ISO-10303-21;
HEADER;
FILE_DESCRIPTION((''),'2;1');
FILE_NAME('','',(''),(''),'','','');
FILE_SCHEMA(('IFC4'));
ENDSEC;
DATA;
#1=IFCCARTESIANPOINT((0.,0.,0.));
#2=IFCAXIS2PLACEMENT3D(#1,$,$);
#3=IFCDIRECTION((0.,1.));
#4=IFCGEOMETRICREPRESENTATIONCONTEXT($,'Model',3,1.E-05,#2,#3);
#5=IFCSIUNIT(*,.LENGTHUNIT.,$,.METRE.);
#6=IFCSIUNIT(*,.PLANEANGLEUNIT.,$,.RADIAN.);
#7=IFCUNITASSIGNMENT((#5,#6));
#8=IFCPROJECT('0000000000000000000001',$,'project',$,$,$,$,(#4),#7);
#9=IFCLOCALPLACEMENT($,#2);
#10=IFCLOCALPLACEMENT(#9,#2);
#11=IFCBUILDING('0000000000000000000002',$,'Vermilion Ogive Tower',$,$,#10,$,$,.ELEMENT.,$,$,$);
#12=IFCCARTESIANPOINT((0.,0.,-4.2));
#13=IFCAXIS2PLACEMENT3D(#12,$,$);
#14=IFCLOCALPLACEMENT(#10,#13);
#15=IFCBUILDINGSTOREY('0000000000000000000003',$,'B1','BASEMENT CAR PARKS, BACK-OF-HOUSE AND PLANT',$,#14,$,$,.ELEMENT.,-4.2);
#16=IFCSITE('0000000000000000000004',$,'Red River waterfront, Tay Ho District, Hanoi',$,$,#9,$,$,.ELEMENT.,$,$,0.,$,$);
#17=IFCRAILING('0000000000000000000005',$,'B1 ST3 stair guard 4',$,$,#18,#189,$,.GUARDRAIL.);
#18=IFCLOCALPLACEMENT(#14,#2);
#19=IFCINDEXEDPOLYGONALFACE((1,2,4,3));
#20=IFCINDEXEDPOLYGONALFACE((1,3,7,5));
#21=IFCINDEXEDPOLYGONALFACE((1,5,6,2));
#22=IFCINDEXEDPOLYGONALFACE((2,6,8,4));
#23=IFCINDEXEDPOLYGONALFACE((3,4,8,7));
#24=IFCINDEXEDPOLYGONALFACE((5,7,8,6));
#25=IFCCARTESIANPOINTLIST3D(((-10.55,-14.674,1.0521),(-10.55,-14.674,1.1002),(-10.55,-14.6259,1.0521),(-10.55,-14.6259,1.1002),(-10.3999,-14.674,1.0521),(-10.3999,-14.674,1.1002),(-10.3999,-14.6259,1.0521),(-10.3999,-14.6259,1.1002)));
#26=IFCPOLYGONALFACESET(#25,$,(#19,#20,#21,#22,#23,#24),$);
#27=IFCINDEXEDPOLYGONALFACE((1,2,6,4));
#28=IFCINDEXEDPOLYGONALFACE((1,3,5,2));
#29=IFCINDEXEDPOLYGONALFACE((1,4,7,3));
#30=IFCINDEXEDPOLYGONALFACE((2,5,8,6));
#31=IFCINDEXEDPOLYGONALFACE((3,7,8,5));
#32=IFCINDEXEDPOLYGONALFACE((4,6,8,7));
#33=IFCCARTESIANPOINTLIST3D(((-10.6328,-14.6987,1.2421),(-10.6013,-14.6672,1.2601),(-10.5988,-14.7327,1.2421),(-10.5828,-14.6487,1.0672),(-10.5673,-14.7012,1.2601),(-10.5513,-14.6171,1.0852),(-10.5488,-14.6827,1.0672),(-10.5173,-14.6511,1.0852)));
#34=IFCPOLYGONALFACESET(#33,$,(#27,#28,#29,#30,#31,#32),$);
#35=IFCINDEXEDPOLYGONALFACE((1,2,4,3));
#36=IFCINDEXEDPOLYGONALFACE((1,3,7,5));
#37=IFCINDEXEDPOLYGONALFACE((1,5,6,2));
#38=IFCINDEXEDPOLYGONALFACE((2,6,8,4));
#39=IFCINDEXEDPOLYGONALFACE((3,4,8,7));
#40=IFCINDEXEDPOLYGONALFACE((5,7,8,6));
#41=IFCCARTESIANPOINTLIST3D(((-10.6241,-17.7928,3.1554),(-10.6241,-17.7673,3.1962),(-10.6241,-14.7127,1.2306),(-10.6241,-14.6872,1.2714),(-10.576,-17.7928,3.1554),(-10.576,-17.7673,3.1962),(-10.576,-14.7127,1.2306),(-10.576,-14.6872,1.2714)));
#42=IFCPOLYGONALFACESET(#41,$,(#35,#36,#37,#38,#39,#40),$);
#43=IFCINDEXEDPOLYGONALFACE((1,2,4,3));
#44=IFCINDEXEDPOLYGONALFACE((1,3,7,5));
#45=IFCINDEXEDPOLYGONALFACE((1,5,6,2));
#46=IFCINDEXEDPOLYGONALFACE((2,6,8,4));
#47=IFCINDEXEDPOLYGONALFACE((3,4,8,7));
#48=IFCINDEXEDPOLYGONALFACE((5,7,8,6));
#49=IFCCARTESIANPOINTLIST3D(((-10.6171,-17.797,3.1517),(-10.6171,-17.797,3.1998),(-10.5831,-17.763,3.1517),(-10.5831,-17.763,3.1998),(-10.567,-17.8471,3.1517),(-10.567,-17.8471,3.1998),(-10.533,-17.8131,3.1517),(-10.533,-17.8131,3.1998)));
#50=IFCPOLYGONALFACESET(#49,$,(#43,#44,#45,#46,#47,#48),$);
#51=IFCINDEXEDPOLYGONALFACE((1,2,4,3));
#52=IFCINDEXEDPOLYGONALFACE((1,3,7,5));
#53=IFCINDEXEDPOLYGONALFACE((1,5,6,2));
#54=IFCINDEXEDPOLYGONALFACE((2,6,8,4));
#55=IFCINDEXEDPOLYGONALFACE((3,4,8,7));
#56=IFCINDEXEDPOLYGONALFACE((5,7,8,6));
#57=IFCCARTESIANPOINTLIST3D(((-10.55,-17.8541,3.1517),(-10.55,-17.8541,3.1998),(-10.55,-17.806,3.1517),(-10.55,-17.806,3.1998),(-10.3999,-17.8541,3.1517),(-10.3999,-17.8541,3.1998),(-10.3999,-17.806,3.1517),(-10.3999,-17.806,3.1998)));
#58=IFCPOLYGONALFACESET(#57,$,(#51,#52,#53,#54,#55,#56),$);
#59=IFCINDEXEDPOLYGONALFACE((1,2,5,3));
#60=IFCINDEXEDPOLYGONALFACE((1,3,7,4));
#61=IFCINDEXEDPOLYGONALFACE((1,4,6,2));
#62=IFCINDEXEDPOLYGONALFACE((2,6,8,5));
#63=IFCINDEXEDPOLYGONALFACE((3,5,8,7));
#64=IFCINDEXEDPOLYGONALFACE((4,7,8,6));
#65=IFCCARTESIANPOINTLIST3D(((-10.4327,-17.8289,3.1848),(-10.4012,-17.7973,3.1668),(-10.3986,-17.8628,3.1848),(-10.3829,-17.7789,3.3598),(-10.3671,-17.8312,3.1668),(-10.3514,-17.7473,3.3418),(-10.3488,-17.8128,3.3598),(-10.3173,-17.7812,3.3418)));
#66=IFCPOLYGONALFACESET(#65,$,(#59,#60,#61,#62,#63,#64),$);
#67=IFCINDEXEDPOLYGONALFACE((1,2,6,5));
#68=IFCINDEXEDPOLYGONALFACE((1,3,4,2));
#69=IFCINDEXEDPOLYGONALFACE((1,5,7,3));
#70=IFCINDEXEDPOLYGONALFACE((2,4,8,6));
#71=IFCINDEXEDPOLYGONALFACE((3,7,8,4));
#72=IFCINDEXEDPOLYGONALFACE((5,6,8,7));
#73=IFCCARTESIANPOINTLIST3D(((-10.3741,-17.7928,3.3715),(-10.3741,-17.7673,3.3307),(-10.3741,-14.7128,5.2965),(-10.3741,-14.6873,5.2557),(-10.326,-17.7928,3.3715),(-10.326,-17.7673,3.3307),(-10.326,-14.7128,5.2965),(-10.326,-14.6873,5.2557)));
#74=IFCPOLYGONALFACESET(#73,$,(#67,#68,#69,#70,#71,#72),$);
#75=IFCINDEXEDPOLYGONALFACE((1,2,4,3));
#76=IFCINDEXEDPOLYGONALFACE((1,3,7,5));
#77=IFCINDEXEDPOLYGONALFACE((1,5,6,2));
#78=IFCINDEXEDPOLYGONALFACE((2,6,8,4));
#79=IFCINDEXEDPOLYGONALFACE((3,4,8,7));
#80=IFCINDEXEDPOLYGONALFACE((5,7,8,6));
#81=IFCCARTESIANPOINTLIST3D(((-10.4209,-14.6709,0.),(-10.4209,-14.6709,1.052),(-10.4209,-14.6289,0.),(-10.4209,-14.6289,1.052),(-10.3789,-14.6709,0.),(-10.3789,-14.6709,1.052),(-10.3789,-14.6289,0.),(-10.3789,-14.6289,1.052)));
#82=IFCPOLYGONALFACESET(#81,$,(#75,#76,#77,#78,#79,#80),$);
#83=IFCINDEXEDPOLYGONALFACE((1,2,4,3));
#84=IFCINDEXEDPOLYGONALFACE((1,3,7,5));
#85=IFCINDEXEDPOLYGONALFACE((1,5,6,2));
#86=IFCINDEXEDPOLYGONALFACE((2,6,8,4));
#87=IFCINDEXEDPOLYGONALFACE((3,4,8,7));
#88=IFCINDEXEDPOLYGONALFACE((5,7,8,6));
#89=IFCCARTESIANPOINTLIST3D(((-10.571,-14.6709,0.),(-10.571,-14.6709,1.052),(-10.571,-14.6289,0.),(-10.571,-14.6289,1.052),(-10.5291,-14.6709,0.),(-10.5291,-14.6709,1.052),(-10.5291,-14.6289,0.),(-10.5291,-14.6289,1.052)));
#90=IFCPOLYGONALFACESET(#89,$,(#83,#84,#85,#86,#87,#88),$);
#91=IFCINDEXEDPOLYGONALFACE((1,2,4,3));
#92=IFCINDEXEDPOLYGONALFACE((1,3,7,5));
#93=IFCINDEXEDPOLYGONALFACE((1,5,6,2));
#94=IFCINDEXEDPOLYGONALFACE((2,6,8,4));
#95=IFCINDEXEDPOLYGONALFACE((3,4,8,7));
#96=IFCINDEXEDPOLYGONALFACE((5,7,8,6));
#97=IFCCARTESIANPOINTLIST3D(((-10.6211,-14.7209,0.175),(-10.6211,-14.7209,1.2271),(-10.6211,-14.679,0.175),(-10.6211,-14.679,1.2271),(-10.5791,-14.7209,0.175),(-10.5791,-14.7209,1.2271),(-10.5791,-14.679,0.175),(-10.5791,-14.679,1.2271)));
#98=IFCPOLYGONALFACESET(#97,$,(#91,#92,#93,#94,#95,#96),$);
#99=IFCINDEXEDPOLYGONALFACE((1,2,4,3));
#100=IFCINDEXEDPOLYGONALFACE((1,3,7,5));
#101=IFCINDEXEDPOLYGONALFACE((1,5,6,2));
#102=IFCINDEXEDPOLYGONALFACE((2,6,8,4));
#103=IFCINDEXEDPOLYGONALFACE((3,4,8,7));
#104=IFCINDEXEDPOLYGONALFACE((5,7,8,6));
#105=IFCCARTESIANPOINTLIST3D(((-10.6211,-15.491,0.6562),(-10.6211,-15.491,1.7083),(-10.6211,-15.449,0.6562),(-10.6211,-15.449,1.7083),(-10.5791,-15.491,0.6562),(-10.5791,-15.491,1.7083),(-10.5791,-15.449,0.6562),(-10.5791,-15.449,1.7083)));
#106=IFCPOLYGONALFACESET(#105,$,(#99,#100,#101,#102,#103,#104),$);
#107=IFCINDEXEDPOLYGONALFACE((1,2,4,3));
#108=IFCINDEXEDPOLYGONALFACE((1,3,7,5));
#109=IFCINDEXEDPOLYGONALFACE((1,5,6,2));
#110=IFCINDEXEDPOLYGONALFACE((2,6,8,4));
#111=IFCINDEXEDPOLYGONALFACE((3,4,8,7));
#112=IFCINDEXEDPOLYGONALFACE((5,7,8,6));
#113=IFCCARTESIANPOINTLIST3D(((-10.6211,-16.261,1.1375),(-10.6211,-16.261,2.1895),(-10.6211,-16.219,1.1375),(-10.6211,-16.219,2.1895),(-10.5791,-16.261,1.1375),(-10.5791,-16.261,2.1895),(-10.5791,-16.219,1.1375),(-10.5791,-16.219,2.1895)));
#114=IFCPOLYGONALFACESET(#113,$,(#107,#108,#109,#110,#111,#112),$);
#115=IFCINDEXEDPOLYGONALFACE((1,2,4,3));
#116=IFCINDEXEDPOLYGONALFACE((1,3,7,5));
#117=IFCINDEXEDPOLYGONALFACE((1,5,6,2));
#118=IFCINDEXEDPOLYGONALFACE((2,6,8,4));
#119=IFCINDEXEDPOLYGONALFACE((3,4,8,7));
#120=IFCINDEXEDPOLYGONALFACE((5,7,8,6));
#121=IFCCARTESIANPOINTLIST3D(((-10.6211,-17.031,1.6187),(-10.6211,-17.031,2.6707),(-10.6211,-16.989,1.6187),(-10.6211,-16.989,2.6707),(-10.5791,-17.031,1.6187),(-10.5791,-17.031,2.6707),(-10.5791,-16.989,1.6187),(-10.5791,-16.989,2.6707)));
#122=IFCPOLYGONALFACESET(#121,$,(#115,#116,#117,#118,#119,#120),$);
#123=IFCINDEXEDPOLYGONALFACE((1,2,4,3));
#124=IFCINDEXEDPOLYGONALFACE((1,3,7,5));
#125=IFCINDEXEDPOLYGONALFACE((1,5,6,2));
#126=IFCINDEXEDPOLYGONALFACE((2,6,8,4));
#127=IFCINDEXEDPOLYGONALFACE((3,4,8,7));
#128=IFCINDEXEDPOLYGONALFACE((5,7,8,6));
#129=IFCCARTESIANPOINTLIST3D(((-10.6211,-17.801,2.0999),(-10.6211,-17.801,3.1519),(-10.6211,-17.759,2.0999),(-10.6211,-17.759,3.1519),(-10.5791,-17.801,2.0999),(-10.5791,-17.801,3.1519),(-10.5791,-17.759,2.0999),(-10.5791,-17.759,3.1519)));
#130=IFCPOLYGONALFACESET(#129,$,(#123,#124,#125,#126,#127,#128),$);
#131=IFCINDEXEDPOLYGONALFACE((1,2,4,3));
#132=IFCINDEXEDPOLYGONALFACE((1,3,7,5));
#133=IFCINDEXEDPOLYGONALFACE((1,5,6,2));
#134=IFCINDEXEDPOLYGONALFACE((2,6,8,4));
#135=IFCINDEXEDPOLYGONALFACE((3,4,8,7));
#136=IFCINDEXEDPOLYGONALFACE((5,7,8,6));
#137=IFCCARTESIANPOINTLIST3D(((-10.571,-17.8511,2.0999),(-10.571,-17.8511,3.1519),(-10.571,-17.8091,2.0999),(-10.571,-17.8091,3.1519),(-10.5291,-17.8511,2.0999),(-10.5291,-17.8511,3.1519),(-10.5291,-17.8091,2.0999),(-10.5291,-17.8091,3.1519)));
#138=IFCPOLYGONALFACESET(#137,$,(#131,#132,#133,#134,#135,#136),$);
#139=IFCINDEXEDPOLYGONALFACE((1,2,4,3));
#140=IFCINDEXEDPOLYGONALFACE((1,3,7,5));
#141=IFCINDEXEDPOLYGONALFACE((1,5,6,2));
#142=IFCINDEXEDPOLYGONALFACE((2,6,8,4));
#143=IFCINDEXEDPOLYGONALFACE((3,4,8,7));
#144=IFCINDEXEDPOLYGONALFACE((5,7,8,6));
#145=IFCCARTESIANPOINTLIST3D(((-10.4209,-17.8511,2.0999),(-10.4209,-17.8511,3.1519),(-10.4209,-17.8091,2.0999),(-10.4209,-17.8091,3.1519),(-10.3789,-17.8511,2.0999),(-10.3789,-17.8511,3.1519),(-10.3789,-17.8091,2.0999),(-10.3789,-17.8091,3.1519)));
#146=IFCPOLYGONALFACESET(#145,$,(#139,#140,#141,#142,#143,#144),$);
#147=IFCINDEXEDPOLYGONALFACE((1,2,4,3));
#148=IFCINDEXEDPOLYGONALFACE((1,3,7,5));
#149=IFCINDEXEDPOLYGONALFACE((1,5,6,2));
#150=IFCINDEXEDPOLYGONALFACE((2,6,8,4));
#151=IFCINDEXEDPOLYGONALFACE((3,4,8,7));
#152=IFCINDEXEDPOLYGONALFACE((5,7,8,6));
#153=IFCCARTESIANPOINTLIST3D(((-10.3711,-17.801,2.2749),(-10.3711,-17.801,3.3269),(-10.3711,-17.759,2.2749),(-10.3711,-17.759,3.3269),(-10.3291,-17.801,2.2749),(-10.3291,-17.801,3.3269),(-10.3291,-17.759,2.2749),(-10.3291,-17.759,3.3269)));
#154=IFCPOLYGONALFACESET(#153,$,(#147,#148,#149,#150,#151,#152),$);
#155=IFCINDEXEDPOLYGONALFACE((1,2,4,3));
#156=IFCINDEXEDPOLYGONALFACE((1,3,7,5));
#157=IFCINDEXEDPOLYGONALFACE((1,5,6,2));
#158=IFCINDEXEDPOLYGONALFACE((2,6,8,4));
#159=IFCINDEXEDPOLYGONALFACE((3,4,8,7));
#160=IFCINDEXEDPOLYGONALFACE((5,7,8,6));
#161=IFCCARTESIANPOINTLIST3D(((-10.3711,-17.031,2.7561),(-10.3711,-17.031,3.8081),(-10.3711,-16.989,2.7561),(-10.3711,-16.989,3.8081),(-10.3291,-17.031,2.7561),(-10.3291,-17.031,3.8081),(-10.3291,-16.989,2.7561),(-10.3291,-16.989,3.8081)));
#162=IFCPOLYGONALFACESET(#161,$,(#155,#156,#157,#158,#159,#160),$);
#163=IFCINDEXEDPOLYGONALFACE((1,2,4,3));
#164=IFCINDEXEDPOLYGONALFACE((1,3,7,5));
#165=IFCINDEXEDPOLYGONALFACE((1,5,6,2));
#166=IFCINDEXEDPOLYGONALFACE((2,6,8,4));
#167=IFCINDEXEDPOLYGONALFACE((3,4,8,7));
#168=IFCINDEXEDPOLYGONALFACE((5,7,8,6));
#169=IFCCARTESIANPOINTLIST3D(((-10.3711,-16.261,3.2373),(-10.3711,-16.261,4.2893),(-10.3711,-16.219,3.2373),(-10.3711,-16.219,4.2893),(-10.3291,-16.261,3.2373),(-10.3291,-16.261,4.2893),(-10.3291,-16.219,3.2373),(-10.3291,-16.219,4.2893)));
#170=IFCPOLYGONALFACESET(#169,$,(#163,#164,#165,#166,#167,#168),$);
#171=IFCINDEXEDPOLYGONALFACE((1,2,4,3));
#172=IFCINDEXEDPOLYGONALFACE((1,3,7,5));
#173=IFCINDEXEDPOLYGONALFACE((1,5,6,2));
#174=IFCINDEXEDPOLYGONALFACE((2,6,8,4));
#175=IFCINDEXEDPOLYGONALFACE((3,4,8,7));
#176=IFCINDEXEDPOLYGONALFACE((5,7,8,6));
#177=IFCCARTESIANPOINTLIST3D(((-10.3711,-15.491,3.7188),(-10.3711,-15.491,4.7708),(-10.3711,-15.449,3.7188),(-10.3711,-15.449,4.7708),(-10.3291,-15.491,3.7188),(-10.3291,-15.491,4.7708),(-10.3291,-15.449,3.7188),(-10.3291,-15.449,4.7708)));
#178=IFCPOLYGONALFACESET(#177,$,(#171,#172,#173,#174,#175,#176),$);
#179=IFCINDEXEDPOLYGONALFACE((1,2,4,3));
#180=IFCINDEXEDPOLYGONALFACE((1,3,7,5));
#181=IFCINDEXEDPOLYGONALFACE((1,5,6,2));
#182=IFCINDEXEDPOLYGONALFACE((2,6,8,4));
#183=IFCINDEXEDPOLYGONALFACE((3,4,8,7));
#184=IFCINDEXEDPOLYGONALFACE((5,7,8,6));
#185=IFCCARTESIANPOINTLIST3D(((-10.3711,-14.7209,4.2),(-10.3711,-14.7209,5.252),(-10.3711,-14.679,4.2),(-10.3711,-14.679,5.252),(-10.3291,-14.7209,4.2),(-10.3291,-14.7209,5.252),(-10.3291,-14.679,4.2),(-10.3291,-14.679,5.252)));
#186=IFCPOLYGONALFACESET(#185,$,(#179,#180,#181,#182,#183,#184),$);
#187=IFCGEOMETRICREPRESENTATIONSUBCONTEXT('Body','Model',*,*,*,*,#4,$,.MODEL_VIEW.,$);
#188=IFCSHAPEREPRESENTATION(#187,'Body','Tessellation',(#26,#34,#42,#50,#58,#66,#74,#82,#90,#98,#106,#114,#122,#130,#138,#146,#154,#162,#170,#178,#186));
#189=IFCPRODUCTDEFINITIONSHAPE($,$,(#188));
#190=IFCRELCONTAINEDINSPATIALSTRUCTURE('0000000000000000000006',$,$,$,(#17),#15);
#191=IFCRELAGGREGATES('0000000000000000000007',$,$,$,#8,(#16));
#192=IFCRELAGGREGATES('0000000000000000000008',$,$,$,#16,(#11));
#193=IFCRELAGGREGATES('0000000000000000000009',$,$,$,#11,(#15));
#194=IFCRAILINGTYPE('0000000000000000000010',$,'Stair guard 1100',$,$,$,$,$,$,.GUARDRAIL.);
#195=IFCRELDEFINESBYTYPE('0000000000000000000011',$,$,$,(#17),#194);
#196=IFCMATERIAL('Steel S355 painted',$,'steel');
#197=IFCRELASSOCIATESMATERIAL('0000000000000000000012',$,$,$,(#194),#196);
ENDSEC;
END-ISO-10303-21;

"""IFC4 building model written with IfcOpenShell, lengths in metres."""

from ifc_helpers import new_model, si_unit, direction, frame, origin, origin_2d, place, context, subcontext, project, spatial, rectangle, extrude, material, type_object, element, save


model = new_model("IFC4")

# Units and contexts
model_context = context("Model", 3, precision=1e-05, world=origin(), true_north=direction((0.0, 1.0)))
body_context = subcontext(model_context, "Body", "Model", "MODEL_VIEW")
ifc_project = project(units=[si_unit("LENGTHUNIT", "METRE"), si_unit("PLANEANGLEUNIT", "RADIAN")], contexts=[model_context])

# Site, building, storey
site_placement = place(None, origin())
site = spatial("IfcSite", under=ifc_project, at=site_placement, Name="Red River waterfront, Tay Ho District, Hanoi", CompositionType="ELEMENT", RefElevation=0.0)
building_placement = place(site_placement, origin())
building = spatial("IfcBuilding", under=site, at=building_placement, Name="Vermilion Ogive Tower", CompositionType="ELEMENT")
storey_placement = place(building_placement, frame((0.0, 0.0, -4.2)))
storey = spatial("IfcBuildingStorey", under=building, at=storey_placement, Name="B1", Description="BASEMENT CAR PARKS, BACK-OF-HOUSE AND PLANT", CompositionType="ELEMENT", Elevation=-4.2)

# Railing
ifc_material_1 = material(Name="Steel S355 painted", Category="steel")
railing_type_1 = type_object("IfcRailingType", Name="Stair guard 1100", PredefinedType="GUARDRAIL", material=ifc_material_1)
railing_1_placement = place(storey_placement, frame((-10.3999, -14.6499, 0.0)))
element("IfcRailing", 1, at=railing_1_placement, inside=storey, type_object=railing_type_1, Name="B1 ST3 stair guard 4", PredefinedType="GUARDRAIL", context=body_context, shape_type="SweptSolid", body=[
    extrude(rectangle(XDim=0.0481, YDim=0.0481, at=origin_2d()), frame((0.0, 0.0, 1.0762), z_axis=(-1.0, 0.0, 0.0), x_axis=(0.0, -1.0, 0.0)), (0.0, 0.0, 1.0), 0.1501),
    extrude(rectangle(XDim=0.0481, YDim=0.0481, at=origin_2d()), frame((-0.1501, 0.0, 1.0762), z_axis=(-0.265065, -0.265065, 0.927082), x_axis=(0.707107, -0.707107, 0.0)), (0.0, 0.0, 1.0), 0.1887),
    extrude(rectangle(XDim=0.0481, YDim=0.0481, at=origin_2d()), frame((-0.2002, -0.05, 1.251), z_axis=(0.0, -0.848029, 0.529951), x_axis=(1.0, 0.0, 0.0)), (0.0, 0.0, 1.0), 3.6321),
    extrude(rectangle(XDim=0.0481, YDim=0.0481, at=origin_2d()), frame((-0.2002, -3.1301, 3.1758), z_axis=(0.707107, -0.707107, 0.0), x_axis=(0.707107, 0.707107, 0.0)), (0.0, 0.0, 1.0), 0.0708),
    extrude(rectangle(XDim=0.0481, YDim=0.0481, at=origin_2d()), frame((-0.1501, -3.1802, 3.1758), z_axis=(1.0, 0.0, 0.0), x_axis=(0.0, 1.0, 0.0)), (0.0, 0.0, 1.0), 0.1501),
    extrude(rectangle(XDim=0.0481, YDim=0.0481, at=origin_2d()), frame((0.0, -3.1802, 3.1758), z_axis=(0.263862, 0.265156, 0.927399), x_axis=(-0.708834, 0.705376, 0.0)), (0.0, 0.0, 1.0), 0.1887),
    extrude(rectangle(XDim=0.0481, YDim=0.0481, at=origin_2d()), frame((0.0498, -3.1301, 3.3511), z_axis=(0.0, 0.847998, 0.529999), x_axis=(-1.0, 0.0, 0.0)), (0.0, 0.0, 1.0), 3.6321),
    extrude(rectangle(XDim=0.042, YDim=0.042, at=origin_2d()), origin(), (0.0, 0.0, 1.0), 1.052),
    extrude(rectangle(XDim=0.042, YDim=0.042, at=origin_2d()), frame((-0.1501, 0.0, 0.0)), (0.0, 0.0, 1.0), 1.052),
    extrude(rectangle(XDim=0.042, YDim=0.042, at=origin_2d()), frame((-0.2002, -0.05, 0.175)), (0.0, 0.0, 1.0), 1.052),
    extrude(rectangle(XDim=0.042, YDim=0.042, at=origin_2d()), frame((-0.2002, -0.8201, 0.6562)), (0.0, 0.0, 1.0), 1.052),
    extrude(rectangle(XDim=0.042, YDim=0.042, at=origin_2d()), frame((-0.2002, -1.5901, 1.1375)), (0.0, 0.0, 1.0), 1.052),
    extrude(rectangle(XDim=0.042, YDim=0.042, at=origin_2d()), frame((-0.2002, -2.3601, 1.6187)), (0.0, 0.0, 1.0), 1.052),
    extrude(rectangle(XDim=0.042, YDim=0.042, at=origin_2d()), frame((-0.2002, -3.1301, 2.0999)), (0.0, 0.0, 1.0), 1.052),
    extrude(rectangle(XDim=0.042, YDim=0.042, at=origin_2d()), frame((-0.1501, -3.1802, 2.0999)), (0.0, 0.0, 1.0), 1.052),
    extrude(rectangle(XDim=0.042, YDim=0.042, at=origin_2d()), frame((0.0, -3.1802, 2.0999)), (0.0, 0.0, 1.0), 1.052),
    extrude(rectangle(XDim=0.042, YDim=0.042, at=origin_2d()), frame((0.0498, -3.1301, 2.2749)), (0.0, 0.0, 1.0), 1.052),
    extrude(rectangle(XDim=0.042, YDim=0.042, at=origin_2d()), frame((0.0498, -2.3601, 2.7561)), (0.0, 0.0, 1.0), 1.052),
    extrude(rectangle(XDim=0.042, YDim=0.042, at=origin_2d()), frame((0.0498, -1.5901, 3.2373)), (0.0, 0.0, 1.0), 1.052),
    extrude(rectangle(XDim=0.042, YDim=0.042, at=origin_2d()), frame((0.0498, -0.8201, 3.7188)), (0.0, 0.0, 1.0), 1.052),
    extrude(rectangle(XDim=0.042, YDim=0.042, at=origin_2d()), frame((0.0498, -0.05, 4.2)), (0.0, 0.0, 1.0), 1.052),
])

save(model, "model.ifc")
